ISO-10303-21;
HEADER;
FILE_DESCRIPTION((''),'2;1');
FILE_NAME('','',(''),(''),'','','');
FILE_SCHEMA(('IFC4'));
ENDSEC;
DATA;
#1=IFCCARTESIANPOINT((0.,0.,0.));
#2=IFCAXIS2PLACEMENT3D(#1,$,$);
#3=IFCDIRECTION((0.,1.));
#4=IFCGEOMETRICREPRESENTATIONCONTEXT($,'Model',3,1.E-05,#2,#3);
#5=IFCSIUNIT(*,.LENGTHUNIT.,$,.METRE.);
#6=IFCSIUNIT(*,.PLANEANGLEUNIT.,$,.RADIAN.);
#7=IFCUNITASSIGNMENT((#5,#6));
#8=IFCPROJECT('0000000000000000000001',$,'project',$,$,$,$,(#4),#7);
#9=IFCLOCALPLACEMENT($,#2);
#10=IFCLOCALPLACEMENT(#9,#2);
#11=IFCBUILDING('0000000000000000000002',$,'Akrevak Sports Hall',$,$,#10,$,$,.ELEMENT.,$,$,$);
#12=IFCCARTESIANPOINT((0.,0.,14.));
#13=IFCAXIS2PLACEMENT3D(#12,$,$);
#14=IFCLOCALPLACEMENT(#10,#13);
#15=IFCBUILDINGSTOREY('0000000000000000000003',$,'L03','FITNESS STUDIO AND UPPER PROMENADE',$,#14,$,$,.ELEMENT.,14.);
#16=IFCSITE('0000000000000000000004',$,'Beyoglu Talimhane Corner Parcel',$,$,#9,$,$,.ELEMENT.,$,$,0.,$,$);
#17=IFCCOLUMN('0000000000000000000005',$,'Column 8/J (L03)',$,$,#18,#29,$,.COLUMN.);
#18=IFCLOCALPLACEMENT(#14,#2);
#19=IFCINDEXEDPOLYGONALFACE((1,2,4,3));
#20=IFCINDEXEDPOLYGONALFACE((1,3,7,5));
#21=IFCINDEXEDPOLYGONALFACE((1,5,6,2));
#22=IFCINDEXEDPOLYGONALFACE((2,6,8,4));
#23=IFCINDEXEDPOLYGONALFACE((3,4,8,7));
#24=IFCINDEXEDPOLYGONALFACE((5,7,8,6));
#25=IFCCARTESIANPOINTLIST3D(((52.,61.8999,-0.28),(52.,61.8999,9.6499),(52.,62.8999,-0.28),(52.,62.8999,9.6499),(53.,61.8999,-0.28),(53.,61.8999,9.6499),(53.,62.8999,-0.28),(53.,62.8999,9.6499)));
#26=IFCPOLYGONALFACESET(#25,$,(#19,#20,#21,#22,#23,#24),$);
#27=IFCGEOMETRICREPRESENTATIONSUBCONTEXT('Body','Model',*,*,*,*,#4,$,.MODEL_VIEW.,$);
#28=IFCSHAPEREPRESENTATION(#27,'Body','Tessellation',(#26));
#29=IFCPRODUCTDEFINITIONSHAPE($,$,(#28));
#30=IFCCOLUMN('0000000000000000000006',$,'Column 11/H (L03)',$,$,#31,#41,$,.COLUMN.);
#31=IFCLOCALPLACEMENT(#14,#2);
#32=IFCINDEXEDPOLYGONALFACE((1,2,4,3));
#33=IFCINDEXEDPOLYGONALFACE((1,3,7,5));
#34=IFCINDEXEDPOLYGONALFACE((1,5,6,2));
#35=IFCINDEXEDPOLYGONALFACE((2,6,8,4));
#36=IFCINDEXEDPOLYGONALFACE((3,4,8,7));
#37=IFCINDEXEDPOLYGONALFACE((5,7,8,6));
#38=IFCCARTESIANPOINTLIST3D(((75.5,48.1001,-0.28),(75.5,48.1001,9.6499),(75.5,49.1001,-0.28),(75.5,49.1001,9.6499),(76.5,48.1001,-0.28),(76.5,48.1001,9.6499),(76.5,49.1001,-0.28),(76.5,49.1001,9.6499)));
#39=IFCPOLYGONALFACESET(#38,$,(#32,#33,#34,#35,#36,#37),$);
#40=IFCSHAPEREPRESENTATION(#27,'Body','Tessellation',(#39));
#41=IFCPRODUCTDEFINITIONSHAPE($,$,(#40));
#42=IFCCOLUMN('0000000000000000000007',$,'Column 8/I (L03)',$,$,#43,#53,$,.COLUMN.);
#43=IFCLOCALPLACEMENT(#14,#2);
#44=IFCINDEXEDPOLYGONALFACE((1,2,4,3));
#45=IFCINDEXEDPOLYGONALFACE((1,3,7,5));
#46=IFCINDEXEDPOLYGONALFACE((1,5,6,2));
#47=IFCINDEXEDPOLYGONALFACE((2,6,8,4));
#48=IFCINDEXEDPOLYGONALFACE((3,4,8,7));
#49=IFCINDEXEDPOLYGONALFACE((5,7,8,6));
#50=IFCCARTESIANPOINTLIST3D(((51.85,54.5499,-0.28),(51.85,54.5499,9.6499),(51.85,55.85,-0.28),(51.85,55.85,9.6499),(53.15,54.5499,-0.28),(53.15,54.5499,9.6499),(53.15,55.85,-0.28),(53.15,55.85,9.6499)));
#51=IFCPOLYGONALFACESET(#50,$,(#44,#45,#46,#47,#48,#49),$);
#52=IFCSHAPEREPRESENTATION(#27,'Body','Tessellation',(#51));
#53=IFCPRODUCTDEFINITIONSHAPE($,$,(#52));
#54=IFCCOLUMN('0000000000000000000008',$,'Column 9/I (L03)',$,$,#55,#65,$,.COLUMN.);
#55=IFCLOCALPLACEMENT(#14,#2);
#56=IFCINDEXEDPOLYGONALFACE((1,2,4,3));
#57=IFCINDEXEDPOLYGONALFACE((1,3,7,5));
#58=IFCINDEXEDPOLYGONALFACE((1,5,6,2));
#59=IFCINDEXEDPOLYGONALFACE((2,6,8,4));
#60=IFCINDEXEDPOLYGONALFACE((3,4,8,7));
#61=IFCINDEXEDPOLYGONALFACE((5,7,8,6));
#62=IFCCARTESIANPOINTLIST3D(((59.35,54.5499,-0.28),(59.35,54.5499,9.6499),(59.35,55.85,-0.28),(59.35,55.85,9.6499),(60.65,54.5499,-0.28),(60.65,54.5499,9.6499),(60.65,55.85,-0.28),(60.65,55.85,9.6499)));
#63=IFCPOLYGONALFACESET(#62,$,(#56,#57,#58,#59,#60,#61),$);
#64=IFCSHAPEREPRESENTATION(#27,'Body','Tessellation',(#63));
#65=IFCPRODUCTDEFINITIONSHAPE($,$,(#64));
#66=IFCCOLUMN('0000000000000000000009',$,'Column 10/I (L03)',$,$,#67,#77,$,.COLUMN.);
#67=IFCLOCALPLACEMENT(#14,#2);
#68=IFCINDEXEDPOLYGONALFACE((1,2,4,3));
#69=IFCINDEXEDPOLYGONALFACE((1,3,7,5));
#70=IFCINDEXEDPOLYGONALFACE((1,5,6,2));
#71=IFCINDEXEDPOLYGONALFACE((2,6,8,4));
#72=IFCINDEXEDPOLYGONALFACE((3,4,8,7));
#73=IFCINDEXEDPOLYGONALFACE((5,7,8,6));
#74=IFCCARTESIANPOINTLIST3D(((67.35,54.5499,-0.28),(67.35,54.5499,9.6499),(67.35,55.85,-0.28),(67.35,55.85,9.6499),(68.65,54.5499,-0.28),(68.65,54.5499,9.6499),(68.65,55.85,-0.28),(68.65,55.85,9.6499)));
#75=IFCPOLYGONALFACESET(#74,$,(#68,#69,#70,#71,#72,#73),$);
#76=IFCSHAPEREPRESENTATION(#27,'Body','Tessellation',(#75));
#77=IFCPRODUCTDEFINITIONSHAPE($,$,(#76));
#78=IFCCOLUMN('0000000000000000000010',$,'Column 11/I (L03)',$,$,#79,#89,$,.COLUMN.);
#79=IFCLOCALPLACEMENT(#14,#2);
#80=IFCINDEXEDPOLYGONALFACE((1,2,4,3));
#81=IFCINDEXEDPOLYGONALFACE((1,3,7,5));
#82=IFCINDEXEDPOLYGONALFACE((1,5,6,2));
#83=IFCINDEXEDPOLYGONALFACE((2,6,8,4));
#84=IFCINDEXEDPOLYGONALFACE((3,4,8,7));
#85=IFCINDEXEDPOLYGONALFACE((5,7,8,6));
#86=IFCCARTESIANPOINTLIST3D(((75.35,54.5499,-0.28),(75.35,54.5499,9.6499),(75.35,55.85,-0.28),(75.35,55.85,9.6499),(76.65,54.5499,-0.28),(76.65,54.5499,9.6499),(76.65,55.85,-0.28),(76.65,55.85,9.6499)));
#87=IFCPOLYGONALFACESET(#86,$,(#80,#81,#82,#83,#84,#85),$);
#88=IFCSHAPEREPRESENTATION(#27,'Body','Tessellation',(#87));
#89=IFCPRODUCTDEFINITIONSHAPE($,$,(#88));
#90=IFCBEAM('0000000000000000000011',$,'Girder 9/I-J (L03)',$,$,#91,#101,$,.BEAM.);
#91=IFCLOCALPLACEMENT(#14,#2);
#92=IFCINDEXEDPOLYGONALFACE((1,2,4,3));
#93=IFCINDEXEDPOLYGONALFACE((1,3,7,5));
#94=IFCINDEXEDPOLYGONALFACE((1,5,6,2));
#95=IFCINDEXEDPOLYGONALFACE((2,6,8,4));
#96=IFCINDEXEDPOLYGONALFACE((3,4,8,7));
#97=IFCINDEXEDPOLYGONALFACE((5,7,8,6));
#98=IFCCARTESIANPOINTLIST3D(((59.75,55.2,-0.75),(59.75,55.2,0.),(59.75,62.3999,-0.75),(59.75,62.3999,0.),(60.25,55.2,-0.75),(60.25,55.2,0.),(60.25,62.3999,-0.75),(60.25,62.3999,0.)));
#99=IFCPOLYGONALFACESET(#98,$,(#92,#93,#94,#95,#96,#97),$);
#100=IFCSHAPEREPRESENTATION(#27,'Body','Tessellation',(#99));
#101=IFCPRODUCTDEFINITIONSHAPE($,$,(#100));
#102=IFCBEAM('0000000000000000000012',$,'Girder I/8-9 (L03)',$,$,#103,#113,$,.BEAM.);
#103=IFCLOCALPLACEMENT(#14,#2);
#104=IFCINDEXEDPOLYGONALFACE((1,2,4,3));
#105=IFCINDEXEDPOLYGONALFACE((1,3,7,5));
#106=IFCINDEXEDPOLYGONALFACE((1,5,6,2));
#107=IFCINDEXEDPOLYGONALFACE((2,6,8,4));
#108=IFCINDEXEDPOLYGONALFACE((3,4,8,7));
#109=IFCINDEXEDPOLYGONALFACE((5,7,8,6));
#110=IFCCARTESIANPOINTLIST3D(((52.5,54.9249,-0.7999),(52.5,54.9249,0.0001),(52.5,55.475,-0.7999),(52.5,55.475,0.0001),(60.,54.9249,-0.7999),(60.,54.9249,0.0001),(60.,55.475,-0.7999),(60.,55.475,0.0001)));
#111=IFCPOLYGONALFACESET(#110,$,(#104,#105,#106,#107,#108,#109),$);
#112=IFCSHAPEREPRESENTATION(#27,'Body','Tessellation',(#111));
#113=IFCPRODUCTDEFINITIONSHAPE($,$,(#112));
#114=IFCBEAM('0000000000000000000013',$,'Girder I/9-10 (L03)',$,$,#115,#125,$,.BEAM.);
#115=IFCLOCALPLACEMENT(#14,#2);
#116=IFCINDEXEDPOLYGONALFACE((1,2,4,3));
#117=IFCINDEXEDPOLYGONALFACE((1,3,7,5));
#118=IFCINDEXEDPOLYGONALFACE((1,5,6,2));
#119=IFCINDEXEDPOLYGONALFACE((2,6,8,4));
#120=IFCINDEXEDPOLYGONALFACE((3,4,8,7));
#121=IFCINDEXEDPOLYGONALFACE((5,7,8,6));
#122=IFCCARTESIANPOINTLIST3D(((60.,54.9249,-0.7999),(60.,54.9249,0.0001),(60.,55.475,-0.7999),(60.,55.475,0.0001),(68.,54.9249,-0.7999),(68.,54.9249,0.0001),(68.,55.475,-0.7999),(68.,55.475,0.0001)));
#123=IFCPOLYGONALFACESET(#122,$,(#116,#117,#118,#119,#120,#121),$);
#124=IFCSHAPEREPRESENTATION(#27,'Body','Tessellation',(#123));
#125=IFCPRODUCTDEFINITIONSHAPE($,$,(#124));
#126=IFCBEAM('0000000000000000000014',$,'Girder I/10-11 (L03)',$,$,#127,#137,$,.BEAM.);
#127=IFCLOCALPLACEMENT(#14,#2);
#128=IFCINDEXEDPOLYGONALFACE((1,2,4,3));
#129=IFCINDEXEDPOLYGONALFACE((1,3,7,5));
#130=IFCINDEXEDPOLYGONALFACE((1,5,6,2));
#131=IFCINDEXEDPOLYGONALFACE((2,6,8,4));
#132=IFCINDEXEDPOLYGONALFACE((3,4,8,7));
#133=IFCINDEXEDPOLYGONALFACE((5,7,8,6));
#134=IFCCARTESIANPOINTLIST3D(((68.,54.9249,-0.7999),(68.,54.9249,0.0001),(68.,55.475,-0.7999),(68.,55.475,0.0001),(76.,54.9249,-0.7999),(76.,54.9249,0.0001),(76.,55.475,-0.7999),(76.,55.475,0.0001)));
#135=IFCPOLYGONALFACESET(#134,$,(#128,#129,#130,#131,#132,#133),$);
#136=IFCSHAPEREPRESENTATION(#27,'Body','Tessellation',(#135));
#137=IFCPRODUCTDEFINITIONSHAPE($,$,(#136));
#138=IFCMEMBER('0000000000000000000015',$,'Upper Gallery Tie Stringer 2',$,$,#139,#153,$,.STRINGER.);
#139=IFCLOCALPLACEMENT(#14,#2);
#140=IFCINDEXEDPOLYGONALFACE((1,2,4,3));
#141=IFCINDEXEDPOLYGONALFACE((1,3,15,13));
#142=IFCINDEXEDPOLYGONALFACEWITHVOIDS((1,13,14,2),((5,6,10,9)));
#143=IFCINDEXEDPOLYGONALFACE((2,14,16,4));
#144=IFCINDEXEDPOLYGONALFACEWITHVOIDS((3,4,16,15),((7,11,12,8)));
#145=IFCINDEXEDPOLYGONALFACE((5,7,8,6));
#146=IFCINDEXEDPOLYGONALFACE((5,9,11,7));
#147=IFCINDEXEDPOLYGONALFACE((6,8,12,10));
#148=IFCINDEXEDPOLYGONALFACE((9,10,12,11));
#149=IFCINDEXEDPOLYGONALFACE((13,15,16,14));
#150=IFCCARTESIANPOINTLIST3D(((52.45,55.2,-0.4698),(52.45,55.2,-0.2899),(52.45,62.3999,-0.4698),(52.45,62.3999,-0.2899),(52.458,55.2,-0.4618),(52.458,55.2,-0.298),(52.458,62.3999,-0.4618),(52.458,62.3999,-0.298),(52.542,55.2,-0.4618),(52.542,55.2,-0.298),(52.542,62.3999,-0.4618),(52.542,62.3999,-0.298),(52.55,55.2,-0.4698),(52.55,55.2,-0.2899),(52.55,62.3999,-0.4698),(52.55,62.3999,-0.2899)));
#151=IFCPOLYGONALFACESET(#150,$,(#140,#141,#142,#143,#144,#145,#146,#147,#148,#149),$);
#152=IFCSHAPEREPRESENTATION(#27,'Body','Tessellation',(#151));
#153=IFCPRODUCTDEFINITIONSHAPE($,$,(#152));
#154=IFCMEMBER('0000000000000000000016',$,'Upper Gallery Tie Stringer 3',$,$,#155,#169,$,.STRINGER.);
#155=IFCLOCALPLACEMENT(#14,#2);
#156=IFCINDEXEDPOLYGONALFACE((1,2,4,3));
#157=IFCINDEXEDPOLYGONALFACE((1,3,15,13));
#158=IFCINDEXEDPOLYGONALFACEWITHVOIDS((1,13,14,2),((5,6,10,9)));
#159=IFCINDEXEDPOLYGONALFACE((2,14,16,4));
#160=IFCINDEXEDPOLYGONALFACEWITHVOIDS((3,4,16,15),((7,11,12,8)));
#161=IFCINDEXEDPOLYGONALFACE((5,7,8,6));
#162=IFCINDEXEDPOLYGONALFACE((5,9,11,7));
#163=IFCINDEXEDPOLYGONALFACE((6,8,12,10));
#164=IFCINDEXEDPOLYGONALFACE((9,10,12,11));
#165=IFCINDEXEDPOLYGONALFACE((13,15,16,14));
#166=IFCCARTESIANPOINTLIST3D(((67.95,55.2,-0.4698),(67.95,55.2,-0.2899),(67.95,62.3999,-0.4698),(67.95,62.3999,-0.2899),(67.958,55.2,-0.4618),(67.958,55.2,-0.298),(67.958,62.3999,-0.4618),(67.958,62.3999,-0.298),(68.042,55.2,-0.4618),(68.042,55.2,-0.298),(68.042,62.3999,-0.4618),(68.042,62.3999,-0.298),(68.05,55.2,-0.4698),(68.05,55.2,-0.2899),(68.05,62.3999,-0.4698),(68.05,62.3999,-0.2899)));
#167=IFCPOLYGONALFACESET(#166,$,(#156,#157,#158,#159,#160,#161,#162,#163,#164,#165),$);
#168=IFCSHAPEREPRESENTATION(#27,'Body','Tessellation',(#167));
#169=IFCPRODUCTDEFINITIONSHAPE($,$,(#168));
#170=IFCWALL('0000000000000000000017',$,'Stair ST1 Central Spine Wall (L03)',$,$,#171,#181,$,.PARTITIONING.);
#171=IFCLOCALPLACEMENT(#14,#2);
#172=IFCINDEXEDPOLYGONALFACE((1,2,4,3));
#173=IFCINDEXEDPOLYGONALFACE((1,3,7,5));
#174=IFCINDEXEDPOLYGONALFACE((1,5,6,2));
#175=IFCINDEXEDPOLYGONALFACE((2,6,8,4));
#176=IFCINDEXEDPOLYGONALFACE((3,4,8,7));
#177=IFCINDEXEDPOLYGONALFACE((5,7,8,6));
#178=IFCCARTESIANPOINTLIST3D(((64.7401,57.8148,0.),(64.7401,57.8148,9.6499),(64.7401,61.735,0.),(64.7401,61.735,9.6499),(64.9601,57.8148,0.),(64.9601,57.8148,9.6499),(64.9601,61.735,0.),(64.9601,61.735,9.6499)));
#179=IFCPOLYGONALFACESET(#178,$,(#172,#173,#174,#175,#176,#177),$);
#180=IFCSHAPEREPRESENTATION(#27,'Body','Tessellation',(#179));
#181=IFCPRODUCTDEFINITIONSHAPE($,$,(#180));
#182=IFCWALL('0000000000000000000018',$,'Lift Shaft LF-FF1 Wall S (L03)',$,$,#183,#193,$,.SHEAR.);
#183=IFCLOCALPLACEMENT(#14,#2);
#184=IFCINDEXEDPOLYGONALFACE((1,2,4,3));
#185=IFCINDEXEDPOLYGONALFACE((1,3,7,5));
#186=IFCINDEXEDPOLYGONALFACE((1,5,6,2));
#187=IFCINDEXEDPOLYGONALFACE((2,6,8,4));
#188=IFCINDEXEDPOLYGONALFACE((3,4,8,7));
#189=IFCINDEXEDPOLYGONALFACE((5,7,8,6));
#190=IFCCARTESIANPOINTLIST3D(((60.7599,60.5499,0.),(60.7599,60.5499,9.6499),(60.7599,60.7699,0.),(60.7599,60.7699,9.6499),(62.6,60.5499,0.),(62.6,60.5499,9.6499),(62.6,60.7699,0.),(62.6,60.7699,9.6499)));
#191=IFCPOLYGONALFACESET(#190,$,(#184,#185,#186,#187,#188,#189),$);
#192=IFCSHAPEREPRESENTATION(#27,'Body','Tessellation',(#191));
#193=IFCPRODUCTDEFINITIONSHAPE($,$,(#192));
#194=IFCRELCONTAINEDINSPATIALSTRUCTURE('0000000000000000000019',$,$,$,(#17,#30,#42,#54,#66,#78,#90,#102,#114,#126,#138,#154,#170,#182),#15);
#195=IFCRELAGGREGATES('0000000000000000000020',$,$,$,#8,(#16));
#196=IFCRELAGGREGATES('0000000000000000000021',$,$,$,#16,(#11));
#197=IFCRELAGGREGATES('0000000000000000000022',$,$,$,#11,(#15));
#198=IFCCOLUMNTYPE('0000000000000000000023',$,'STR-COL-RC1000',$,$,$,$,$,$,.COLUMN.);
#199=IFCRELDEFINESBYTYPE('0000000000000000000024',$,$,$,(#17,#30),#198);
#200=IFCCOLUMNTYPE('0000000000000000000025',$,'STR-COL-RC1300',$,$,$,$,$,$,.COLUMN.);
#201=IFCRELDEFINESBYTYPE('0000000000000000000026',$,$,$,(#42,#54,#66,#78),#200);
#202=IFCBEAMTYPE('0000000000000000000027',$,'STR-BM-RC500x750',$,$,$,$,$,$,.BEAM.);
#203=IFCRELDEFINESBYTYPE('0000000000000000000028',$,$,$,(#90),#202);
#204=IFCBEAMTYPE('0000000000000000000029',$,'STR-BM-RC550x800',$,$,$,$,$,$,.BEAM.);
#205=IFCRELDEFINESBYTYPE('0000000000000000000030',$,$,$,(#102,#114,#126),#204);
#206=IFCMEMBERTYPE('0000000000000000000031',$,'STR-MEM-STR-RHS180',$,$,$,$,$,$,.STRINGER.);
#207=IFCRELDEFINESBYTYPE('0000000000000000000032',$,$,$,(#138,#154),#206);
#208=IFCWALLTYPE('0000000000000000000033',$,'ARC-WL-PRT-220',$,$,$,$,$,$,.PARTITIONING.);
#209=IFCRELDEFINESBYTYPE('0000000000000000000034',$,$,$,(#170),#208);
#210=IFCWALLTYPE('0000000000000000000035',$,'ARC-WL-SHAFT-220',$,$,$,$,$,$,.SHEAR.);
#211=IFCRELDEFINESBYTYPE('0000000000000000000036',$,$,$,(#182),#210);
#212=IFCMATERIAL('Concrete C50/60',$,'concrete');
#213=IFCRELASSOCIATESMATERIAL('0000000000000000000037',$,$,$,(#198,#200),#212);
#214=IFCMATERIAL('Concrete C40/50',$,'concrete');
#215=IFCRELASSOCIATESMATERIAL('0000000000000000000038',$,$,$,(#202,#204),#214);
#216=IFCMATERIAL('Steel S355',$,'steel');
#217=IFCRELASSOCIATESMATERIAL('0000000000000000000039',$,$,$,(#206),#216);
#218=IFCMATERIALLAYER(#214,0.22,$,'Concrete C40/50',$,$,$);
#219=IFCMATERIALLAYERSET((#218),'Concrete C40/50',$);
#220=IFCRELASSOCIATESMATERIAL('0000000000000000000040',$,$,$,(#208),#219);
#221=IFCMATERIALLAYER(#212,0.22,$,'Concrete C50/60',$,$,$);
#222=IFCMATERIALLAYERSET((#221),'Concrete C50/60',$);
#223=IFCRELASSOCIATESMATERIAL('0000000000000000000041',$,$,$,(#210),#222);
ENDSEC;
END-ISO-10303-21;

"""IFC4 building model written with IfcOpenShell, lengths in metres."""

from ifc_helpers import new_model, si_unit, direction, frame, frame_2d, origin, origin_2d, place, context, subcontext, project, spatial, rectangle, hollow_rectangle, extrude, material, layer, layer_set, material_profile, profile_set, type_object, element, save


model = new_model("IFC4")

# Units and contexts
model_context = context("Model", 3, precision=1e-05, world=origin(), true_north=direction((0.0, 1.0)))
body_context = subcontext(model_context, "Body", "Model", "MODEL_VIEW")
ifc_project = project(units=[si_unit("LENGTHUNIT", "METRE"), si_unit("PLANEANGLEUNIT", "RADIAN")], contexts=[model_context])

# Site, building, storey
site_placement = place(None, origin())
site = spatial("IfcSite", under=ifc_project, at=site_placement, Name="Beyoglu Talimhane Corner Parcel", CompositionType="ELEMENT", RefElevation=0.0)
building_placement = place(site_placement, origin())
building = spatial("IfcBuilding", under=site, at=building_placement, Name="Akrevak Sports Hall", CompositionType="ELEMENT")
storey_placement = place(building_placement, frame((0.0, 0.0, 14.0)))
storey = spatial("IfcBuildingStorey", under=building, at=storey_placement, Name="L03", Description="FITNESS STUDIO AND UPPER PROMENADE", CompositionType="ELEMENT", Elevation=14.0)

# Columns
ifc_material_1 = material(Name="Concrete C50/60", Category="concrete")
ifc_material_profile_1 = material_profile(ifc_material_1, rectangle(XDim=1.0, YDim=1.0, at=origin_2d()), Name="RC 1000x1000", Category="concrete")
ifc_profile_set_1 = profile_set([ifc_material_profile_1], Name="Concrete C50/60")
column_type_1 = type_object("IfcColumnType", Name="STR-COL-RC1000", PredefinedType="COLUMN", material=ifc_profile_set_1)
for number, where, z_axis, x_axis, name in (
    (1, (52.5, 62.3999, -0.28), (0.0, 0.0, 1.0), (1.0, 0.0, 0.0), "Column 8/J (L03)"),
    (2, (76.0, 48.6001, -0.28), (0.0, 0.0, 1.0), (1.0, 0.0, 0.0), "Column 11/H (L03)"),
):
    element("IfcColumn", number, at=place(storey_placement, frame(where, z_axis=z_axis, x_axis=x_axis)), inside=storey, type_object=column_type_1, Name=name, PredefinedType="COLUMN", context=body_context, shape_type="SweptSolid", body=[
        extrude(rectangle(XDim=1.0, YDim=1.0, at=origin_2d()), origin(), (0.0, 0.0, 1.0), 9.9299),
    ])
ifc_material_profile_2 = material_profile(ifc_material_1, rectangle(XDim=1.3, YDim=1.3, at=origin_2d()), Name="RC 1300x1300", Category="concrete")
ifc_profile_set_2 = profile_set([ifc_material_profile_2], Name="Concrete C50/60")
column_type_2 = type_object("IfcColumnType", Name="STR-COL-RC1300", PredefinedType="COLUMN", material=ifc_profile_set_2)
for number, where, z_axis, x_axis, name in (
    (3, (52.5, 55.2, -0.28), (0.0, 0.0, 1.0), (1.0, 0.0, 0.0), "Column 8/I (L03)"),
    (4, (60.0, 55.2, -0.28), (0.0, 0.0, 1.0), (1.0, 0.0, 0.0), "Column 9/I (L03)"),
    (5, (68.0, 55.2, -0.28), (0.0, 0.0, 1.0), (1.0, 0.0, 0.0), "Column 10/I (L03)"),
    (6, (76.0, 55.2, -0.28), (0.0, 0.0, 1.0), (1.0, 0.0, 0.0), "Column 11/I (L03)"),
):
    element("IfcColumn", number, at=place(storey_placement, frame(where, z_axis=z_axis, x_axis=x_axis)), inside=storey, type_object=column_type_2, Name=name, PredefinedType="COLUMN", context=body_context, shape_type="SweptSolid", body=[
        extrude(rectangle(XDim=1.3, YDim=1.3, at=origin_2d()), origin(), (0.0, 0.0, 1.0), 9.9299),
    ])

# Beams
ifc_material_2 = material(Name="Concrete C40/50", Category="concrete")
ifc_material_profile_3 = material_profile(ifc_material_2, rectangle(XDim=0.5, YDim=0.75, at=origin_2d()), Name="BM 500x750", Category="concrete")
ifc_profile_set_3 = profile_set([ifc_material_profile_3], Name="Concrete C40/50")
beam_type_1 = type_object("IfcBeamType", Name="STR-BM-RC500x750", PredefinedType="BEAM", material=ifc_profile_set_3)
beam_1_placement = place(storey_placement, frame((60.0, 55.2, -0.375), z_axis=(0.0, 1.0, 0.0), x_axis=(-1.0, 0.0, 0.0)))
element("IfcBeam", 7, at=beam_1_placement, inside=storey, type_object=beam_type_1, Name="Girder 9/I-J (L03)", PredefinedType="BEAM", context=body_context, shape_type="SweptSolid", body=[
    extrude(rectangle(XDim=0.5, YDim=0.75, at=origin_2d()), origin(), (0.0, 0.0, 1.0), 7.2),
])
ifc_material_profile_4 = material_profile(ifc_material_2, rectangle(XDim=0.55, YDim=0.8, at=origin_2d()), Name="BM 550x800", Category="concrete")
ifc_profile_set_4 = profile_set([ifc_material_profile_4], Name="Concrete C40/50")
beam_type_2 = type_object("IfcBeamType", Name="STR-BM-RC550x800", PredefinedType="BEAM", material=ifc_profile_set_4)
beam_2_placement = place(storey_placement, frame((52.5, 55.2, -0.3999), z_axis=(1.0, 0.0, 0.0), x_axis=(0.0, 1.0, 0.0)))
element("IfcBeam", 8, at=beam_2_placement, inside=storey, type_object=beam_type_2, Name="Girder I/8-9 (L03)", PredefinedType="BEAM", context=body_context, shape_type="SweptSolid", body=[
    extrude(rectangle(XDim=0.55, YDim=0.8, at=origin_2d()), origin(), (0.0, 0.0, 1.0), 7.5),
])
for number, where, z_axis, x_axis, name in (
    (9, (60.0, 55.2, -0.3999), (1.0, 0.0, 0.0), (0.0, 1.0, 0.0), "Girder I/9-10 (L03)"),
    (10, (68.0, 55.2, -0.3999), (1.0, 0.0, 0.0), (0.0, 1.0, 0.0), "Girder I/10-11 (L03)"),
):
    element("IfcBeam", number, at=place(storey_placement, frame(where, z_axis=z_axis, x_axis=x_axis)), inside=storey, type_object=beam_type_2, Name=name, PredefinedType="BEAM", context=body_context, shape_type="SweptSolid", body=[
        extrude(rectangle(XDim=0.55, YDim=0.8, at=origin_2d()), origin(), (0.0, 0.0, 1.0), 8.0),
    ])

# Members
ifc_material_3 = material(Name="Steel S355", Category="steel")
ifc_material_profile_5 = material_profile(ifc_material_3, hollow_rectangle(XDim=0.1001, YDim=0.1799, WallThickness=0.0081, at=origin_2d()), Name="RHS 180x100x8", Category="steel")
ifc_profile_set_5 = profile_set([ifc_material_profile_5], Name="Steel S355")
member_type = type_object("IfcMemberType", Name="STR-MEM-STR-RHS180", PredefinedType="STRINGER", material=ifc_profile_set_5)
for number, where, z_axis, x_axis, name in (
    (11, (52.5, 55.2, -0.3799), (0.0, 1.0, 0.0), (-1.0, 0.0, 0.0), "Upper Gallery Tie Stringer 2"),
    (12, (68.0, 55.2, -0.3799), (0.0, 1.0, 0.0), (-1.0, 0.0, 0.0), "Upper Gallery Tie Stringer 3"),
):
    element("IfcMember", number, at=place(storey_placement, frame(where, z_axis=z_axis, x_axis=x_axis)), inside=storey, type_object=member_type, Name=name, PredefinedType="STRINGER", context=body_context, shape_type="SweptSolid", body=[
        extrude(hollow_rectangle(XDim=0.1001, YDim=0.1799, WallThickness=0.0081, at=origin_2d()), origin(), (0.0, 0.0, 1.0), 7.2),
    ])

# Walls
ifc_layer_1 = layer(ifc_material_2, 0.22, Name="Concrete C40/50")
ifc_layer_set_1 = layer_set([ifc_layer_1], Name="Concrete C40/50")
wall_type_1 = type_object("IfcWallType", Name="ARC-WL-PRT-220", PredefinedType="PARTITIONING", material=ifc_layer_set_1)
wall_1_placement = place(storey_placement, frame((64.8501, 57.8149, 0.0), z_axis=(0.0, 0.0, 1.0), x_axis=(0.0, 1.0, 0.0)))
element("IfcWall", 13, at=wall_1_placement, inside=storey, type_object=wall_type_1, Name="Stair ST1 Central Spine Wall (L03)", PredefinedType="PARTITIONING", context=body_context, shape_type="SweptSolid", body=[
    extrude(rectangle(XDim=3.9202, YDim=0.22, at=frame_2d((1.96, 0.0))), origin(), (0.0, 0.0, 1.0), 9.6499),
])
ifc_layer_2 = layer(ifc_material_1, 0.22, Name="Concrete C50/60")
ifc_layer_set_2 = layer_set([ifc_layer_2], Name="Concrete C50/60")
wall_type_2 = type_object("IfcWallType", Name="ARC-WL-SHAFT-220", PredefinedType="SHEAR", material=ifc_layer_set_2)
wall_2_placement = place(storey_placement, frame((60.76, 60.6599, 0.0), z_axis=(0.0, 0.0, 1.0), x_axis=(1.0, 0.0, 0.0)))
element("IfcWall", 14, at=wall_2_placement, inside=storey, type_object=wall_type_2, Name="Lift Shaft LF-FF1 Wall S (L03)", PredefinedType="SHEAR", context=body_context, shape_type="SweptSolid", body=[
    extrude(rectangle(XDim=1.8401, YDim=0.22, at=frame_2d((0.9199, 0.0))), origin(), (0.0, 0.0, 1.0), 9.6499),
])

save(model, "model.ifc")
